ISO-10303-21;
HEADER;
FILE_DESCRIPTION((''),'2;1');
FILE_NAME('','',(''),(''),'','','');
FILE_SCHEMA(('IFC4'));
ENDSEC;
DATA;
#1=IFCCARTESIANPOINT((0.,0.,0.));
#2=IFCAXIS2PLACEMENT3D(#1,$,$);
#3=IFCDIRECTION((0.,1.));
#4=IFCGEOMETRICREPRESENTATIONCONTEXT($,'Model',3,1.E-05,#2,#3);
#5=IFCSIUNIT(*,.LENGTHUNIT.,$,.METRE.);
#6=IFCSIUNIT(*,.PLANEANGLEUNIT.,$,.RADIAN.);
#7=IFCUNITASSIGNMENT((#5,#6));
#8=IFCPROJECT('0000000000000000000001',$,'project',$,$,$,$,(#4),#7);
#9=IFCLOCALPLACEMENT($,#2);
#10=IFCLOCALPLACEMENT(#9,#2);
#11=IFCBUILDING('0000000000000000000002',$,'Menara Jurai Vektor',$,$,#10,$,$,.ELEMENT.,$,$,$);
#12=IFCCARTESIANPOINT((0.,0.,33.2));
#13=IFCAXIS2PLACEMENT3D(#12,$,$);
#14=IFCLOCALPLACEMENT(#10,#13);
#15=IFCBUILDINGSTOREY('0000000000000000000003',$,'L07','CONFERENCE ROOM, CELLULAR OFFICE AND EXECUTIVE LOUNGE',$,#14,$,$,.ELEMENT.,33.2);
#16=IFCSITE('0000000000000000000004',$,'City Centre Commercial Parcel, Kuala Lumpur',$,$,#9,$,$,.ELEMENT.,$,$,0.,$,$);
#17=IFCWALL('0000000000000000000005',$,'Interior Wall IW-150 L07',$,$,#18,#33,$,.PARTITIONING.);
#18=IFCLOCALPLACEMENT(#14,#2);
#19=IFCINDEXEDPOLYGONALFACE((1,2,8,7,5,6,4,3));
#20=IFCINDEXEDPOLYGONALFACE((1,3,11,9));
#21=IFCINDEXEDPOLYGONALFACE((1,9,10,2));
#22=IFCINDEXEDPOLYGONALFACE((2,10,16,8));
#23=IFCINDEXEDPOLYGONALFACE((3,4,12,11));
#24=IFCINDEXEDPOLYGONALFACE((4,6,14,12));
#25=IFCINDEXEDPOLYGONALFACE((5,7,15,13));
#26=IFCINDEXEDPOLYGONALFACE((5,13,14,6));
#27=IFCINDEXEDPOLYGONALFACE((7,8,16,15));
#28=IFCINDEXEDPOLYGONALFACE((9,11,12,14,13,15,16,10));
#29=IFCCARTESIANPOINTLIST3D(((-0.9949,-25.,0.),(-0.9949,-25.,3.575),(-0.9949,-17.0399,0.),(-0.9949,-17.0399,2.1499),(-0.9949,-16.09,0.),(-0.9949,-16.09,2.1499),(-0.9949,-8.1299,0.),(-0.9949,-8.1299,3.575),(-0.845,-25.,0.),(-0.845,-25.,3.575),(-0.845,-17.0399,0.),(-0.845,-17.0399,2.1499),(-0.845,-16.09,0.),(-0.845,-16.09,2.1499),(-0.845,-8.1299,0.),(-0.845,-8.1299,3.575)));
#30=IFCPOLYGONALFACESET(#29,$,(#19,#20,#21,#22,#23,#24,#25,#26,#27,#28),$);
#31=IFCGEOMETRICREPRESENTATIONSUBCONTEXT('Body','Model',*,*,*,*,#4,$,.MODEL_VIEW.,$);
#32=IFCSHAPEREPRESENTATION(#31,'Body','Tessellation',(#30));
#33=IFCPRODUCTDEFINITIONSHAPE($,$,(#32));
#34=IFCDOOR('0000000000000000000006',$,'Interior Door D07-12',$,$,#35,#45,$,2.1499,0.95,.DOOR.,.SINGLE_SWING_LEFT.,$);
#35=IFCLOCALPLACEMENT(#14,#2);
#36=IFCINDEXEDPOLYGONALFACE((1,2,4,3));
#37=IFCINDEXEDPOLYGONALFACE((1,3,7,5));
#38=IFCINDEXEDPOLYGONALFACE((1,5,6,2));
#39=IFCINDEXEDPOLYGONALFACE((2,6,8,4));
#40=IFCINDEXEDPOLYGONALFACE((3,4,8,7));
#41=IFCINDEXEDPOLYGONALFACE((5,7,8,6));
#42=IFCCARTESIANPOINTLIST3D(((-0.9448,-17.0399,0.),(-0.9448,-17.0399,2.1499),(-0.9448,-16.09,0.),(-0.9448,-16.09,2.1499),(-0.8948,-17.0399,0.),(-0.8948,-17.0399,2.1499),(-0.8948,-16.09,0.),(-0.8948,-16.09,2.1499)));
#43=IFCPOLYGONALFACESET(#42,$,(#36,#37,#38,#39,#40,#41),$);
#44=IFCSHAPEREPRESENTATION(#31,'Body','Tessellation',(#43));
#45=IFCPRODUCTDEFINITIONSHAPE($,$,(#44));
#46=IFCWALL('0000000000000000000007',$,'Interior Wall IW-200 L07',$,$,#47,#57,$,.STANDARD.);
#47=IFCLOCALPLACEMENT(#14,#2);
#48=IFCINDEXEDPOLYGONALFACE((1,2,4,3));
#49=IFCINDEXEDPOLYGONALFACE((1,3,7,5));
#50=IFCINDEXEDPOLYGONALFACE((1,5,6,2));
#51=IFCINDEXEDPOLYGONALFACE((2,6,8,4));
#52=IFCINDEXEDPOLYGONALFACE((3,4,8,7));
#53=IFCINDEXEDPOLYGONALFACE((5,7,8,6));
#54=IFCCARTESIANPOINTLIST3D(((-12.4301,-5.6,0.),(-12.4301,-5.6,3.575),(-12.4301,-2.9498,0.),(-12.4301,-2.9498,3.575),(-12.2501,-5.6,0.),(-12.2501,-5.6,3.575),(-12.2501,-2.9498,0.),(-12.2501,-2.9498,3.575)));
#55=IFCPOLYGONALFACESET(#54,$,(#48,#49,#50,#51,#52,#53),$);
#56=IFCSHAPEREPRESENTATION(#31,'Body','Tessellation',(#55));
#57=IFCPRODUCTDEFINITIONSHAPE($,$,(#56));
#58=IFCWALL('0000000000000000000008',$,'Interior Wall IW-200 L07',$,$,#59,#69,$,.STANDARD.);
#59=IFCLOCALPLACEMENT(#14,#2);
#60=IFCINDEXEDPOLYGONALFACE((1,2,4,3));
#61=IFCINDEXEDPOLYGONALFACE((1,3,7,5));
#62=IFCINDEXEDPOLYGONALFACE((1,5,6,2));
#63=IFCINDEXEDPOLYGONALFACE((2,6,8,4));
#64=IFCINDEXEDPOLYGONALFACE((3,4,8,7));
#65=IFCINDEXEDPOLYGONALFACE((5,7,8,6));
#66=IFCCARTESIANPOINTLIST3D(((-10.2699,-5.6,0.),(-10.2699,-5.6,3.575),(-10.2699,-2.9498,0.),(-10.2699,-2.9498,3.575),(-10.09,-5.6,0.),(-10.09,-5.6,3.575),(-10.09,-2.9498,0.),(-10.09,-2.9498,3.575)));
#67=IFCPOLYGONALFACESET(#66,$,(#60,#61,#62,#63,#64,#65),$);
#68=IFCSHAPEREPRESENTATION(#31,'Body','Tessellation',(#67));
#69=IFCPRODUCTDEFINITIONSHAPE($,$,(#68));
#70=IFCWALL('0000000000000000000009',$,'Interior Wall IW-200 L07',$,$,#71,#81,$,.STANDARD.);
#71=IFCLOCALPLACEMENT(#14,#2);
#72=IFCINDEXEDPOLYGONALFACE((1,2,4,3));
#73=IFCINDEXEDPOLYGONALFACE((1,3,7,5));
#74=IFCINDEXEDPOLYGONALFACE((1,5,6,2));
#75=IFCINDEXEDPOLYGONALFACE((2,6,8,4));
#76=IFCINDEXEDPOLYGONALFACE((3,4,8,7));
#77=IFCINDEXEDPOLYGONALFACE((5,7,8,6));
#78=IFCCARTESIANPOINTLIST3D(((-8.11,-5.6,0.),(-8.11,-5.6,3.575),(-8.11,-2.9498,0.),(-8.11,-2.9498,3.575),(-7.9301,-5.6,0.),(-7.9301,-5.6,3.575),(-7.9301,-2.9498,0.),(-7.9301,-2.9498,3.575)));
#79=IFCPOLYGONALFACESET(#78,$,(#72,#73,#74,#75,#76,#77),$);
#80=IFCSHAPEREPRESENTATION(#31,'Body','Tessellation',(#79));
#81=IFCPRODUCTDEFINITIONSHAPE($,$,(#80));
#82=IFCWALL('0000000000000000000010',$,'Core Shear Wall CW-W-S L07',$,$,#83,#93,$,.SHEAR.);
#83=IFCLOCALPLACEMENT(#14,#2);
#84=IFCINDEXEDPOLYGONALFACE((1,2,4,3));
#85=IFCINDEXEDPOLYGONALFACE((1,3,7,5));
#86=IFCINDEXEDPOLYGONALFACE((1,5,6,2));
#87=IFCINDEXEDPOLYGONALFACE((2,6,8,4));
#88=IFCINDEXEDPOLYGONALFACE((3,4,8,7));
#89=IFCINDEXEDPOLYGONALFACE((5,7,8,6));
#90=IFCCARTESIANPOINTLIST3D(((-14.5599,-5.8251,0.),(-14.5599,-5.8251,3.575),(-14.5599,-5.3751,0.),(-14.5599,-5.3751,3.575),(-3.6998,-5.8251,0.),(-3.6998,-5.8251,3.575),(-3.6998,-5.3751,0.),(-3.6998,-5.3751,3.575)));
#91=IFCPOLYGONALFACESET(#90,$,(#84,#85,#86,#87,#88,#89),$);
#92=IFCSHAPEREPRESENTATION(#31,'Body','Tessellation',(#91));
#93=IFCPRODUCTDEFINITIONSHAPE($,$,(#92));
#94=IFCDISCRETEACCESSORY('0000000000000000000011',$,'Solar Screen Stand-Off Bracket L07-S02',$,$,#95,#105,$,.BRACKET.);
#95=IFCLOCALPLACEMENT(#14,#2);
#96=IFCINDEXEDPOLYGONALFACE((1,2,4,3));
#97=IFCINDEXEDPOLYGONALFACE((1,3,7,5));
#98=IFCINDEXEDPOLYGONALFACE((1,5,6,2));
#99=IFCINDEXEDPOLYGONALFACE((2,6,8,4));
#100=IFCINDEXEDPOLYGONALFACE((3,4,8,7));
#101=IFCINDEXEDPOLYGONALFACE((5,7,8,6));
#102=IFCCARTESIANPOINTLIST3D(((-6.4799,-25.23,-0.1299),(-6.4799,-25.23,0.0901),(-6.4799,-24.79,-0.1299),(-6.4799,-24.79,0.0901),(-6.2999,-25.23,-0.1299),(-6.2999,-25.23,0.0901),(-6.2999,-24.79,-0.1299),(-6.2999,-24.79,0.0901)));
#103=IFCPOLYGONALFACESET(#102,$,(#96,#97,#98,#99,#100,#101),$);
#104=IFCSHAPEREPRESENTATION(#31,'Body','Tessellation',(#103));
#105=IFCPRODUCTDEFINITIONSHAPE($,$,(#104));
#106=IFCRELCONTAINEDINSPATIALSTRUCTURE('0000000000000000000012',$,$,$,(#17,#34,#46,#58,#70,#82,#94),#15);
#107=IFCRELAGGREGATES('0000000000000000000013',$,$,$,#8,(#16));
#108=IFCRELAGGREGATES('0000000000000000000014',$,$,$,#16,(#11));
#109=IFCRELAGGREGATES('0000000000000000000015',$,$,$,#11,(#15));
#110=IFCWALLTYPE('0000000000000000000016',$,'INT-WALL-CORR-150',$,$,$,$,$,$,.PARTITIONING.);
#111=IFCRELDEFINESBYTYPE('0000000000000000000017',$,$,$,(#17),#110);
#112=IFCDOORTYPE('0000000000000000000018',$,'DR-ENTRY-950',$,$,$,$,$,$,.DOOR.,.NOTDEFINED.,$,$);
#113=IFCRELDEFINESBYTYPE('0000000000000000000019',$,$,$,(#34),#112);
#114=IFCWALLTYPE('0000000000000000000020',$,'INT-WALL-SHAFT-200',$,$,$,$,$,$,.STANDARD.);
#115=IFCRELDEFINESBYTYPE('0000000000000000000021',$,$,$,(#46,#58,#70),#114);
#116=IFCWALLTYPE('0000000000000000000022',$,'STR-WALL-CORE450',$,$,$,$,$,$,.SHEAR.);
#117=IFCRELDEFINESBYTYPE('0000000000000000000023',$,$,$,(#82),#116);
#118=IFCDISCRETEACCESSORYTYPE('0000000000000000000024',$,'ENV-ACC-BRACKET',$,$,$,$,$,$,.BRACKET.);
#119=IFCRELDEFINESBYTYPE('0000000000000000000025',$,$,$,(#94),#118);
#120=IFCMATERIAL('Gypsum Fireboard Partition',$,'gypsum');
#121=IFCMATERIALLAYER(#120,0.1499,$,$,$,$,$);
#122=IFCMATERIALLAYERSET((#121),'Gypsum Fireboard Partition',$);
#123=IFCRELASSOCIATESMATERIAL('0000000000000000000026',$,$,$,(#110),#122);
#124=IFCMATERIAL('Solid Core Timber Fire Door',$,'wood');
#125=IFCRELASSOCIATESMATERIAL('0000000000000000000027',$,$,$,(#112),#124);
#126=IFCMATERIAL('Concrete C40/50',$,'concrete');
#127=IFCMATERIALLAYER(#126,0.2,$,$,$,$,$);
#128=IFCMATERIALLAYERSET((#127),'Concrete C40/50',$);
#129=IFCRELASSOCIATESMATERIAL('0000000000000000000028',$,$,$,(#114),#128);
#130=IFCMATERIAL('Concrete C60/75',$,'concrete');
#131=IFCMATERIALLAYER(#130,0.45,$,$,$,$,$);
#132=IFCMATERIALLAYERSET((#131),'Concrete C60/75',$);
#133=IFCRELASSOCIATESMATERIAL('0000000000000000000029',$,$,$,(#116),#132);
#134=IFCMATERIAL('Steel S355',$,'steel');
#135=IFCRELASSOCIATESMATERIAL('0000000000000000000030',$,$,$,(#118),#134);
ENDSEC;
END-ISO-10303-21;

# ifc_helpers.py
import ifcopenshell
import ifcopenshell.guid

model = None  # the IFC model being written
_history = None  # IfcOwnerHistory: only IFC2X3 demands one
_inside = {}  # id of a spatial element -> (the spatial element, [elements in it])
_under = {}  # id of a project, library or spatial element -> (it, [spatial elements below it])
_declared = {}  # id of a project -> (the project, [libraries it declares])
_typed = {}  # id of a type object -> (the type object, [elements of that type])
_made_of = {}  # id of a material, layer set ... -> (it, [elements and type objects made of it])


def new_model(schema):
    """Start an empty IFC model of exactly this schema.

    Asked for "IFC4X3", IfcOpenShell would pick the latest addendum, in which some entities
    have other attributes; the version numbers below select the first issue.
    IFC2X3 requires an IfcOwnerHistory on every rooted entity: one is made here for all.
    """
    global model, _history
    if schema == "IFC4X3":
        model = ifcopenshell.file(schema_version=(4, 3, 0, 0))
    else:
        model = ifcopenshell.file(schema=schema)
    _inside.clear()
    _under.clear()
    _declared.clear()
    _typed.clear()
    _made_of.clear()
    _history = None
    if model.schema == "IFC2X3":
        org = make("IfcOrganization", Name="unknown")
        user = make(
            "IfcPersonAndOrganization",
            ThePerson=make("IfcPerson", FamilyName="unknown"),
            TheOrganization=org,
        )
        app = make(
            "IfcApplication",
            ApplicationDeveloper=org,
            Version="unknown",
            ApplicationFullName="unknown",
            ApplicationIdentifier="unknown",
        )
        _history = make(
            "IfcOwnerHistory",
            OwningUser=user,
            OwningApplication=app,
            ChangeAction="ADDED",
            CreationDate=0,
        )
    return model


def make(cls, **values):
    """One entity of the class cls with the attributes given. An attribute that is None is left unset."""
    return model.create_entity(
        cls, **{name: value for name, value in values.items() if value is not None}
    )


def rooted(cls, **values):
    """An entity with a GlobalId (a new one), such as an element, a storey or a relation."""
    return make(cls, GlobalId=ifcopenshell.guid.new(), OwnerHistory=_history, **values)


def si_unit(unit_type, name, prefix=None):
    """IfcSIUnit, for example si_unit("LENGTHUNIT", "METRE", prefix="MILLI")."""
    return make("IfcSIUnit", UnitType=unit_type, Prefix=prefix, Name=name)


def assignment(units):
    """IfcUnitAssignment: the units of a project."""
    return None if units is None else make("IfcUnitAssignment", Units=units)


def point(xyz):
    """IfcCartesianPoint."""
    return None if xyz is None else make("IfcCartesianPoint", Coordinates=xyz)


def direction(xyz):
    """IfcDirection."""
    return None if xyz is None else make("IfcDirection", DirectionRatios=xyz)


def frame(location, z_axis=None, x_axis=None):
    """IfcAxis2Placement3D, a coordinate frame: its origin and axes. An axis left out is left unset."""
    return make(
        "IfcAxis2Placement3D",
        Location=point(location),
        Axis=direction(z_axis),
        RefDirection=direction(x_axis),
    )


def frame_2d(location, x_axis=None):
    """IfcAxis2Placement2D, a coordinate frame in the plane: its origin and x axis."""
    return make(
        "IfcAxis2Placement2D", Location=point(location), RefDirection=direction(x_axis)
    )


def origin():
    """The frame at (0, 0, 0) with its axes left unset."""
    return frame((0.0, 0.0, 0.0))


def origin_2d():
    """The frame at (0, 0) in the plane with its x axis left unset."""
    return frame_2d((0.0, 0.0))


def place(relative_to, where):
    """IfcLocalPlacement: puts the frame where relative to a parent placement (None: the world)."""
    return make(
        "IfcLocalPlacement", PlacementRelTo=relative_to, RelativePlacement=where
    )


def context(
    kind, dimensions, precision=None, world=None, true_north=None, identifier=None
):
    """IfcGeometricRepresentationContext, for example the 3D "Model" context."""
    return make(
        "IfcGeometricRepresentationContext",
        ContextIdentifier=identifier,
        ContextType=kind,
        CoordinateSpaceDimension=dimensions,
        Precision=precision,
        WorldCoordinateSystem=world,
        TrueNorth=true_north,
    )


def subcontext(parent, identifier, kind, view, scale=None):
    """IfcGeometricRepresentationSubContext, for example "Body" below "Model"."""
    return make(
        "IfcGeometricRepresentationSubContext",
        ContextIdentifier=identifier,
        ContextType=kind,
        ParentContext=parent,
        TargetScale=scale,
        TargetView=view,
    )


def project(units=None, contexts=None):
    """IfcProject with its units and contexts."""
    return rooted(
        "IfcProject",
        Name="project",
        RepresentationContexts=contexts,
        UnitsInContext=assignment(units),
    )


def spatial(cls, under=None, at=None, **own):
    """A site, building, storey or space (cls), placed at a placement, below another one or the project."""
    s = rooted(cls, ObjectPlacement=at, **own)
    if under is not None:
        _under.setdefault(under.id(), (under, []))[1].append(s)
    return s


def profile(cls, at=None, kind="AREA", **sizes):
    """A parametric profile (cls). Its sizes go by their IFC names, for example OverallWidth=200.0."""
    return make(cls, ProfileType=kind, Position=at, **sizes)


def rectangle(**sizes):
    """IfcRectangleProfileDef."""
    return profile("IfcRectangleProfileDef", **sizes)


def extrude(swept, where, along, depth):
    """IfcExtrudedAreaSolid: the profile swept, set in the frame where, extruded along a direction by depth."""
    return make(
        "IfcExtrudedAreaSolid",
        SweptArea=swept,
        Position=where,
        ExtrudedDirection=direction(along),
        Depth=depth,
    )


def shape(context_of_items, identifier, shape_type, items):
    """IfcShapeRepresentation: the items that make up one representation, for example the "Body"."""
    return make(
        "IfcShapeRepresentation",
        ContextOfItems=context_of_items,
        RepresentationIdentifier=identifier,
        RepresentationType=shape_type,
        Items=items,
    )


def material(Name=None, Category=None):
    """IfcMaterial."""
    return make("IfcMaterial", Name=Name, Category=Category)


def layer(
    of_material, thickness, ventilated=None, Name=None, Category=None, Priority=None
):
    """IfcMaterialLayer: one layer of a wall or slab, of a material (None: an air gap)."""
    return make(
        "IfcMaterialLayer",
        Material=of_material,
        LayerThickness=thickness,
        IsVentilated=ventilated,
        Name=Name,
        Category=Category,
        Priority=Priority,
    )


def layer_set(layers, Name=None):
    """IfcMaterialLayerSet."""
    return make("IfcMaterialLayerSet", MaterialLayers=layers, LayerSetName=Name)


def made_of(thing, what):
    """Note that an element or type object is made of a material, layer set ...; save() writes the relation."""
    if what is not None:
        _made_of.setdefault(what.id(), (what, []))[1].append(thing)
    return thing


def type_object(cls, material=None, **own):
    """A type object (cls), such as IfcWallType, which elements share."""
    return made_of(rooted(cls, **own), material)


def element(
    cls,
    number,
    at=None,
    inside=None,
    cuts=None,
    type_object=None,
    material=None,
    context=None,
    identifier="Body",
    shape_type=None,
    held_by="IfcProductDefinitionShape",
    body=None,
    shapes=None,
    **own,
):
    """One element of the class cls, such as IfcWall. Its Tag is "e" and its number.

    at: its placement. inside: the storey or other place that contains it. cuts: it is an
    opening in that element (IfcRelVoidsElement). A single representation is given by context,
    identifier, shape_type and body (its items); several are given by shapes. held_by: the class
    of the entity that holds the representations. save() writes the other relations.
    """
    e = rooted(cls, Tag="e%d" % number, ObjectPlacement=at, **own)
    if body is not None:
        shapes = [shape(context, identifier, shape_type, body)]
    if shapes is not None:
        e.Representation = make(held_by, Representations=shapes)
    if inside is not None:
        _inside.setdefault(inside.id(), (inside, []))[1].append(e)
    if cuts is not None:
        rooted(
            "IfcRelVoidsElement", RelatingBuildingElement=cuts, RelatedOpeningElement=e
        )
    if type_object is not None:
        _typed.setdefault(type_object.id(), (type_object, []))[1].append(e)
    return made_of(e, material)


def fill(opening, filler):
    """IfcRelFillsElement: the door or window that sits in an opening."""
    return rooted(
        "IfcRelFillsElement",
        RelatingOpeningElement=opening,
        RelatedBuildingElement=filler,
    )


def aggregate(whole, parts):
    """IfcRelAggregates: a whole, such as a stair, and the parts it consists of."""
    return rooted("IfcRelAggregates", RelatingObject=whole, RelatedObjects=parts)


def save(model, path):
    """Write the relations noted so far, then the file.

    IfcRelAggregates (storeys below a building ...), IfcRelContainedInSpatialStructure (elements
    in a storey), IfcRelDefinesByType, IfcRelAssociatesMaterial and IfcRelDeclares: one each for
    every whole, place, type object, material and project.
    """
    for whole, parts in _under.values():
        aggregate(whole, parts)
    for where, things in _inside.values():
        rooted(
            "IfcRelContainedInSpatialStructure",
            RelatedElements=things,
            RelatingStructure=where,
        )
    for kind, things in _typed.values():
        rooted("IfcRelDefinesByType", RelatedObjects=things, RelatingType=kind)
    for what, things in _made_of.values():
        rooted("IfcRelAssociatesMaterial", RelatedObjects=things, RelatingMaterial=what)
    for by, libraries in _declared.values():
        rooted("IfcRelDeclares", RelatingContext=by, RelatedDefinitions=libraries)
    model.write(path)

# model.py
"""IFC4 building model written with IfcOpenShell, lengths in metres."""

from ifc_helpers import new_model, si_unit, direction, frame, frame_2d, origin, origin_2d, place, context, subcontext, project, spatial, rectangle, extrude, material, layer, layer_set, type_object, element, fill, save


model = new_model("IFC4")

# Units and contexts
model_context = context("Model", 3, precision=1e-05, world=origin(), true_north=direction((0.0, 1.0)))
body_context = subcontext(model_context, "Body", "Model", "MODEL_VIEW")
ifc_project = project(units=[si_unit("LENGTHUNIT", "METRE"), si_unit("PLANEANGLEUNIT", "RADIAN")], contexts=[model_context])

# Site, building, storey
site_placement = place(None, origin())
site = spatial("IfcSite", under=ifc_project, at=site_placement, Name="City Centre Commercial Parcel, Kuala Lumpur", CompositionType="ELEMENT", RefElevation=0.0)
building_placement = place(site_placement, origin())
building = spatial("IfcBuilding", under=site, at=building_placement, Name="Menara Jurai Vektor", CompositionType="ELEMENT")
storey_placement = place(building_placement, frame((0.0, 0.0, 33.2)))
storey = spatial("IfcBuildingStorey", under=building, at=storey_placement, Name="L07", Description="CONFERENCE ROOM, CELLULAR OFFICE AND EXECUTIVE LOUNGE", CompositionType="ELEMENT", Elevation=33.2)

# Shared definitions
ifc_material_1 = material(Name="Concrete C60/75", Category="concrete")

# Shared definitions
ifc_material_2 = material(Name="Steel S355", Category="steel")

# Shared definitions
ifc_material_3 = material(Name="Gypsum Fireboard Partition", Category="gypsum")
ifc_layer_1 = layer(ifc_material_3, 0.1499)
ifc_layer_set_1 = layer_set([ifc_layer_1], Name="Gypsum Fireboard Partition")
wall_type_1 = type_object("IfcWallType", Name="INT-WALL-CORR-150", PredefinedType="PARTITIONING", material=ifc_layer_set_1)

# Wall, opening, door
wall_1_placement = place(storey_placement, frame((-0.9199, -25.0, 0.0), z_axis=(0.0, 0.0, 1.0), x_axis=(0.0, 1.0, 0.0)))
wall_1 = element("IfcWall", 1, at=wall_1_placement, inside=storey, type_object=wall_type_1, Name="Interior Wall IW-150 L07", PredefinedType="PARTITIONING", context=body_context, shape_type="SweptSolid", body=[
    extrude(rectangle(XDim=16.8701, YDim=0.1499, at=frame_2d((8.4351, 0.0))), origin(), (0.0, 0.0, 1.0), 3.575),
])
opening_1_placement = place(wall_1_placement, frame((7.96, 0.0, 0.0)))
opening_1 = element("IfcOpeningElement", 2, at=opening_1_placement, cuts=wall_1, PredefinedType="OPENING", context=body_context, shape_type="SweptSolid", body=[
    extrude(rectangle(XDim=0.95, YDim=2.1499, at=frame_2d((0.4751, 1.075))), frame((0.0, 0.085, 0.0), z_axis=(0.0, -1.0, 0.0), x_axis=(1.0, 0.0, 0.0)), (0.0, 0.0, 1.0), 0.1699),
])
ifc_material_4 = material(Name="Solid Core Timber Fire Door", Category="wood")
door_type = type_object("IfcDoorType", Name="DR-ENTRY-950", OperationType="NOTDEFINED", PredefinedType="DOOR", material=ifc_material_4)
door_1_placement = place(opening_1_placement, origin())
door_1 = element("IfcDoor", 3, at=door_1_placement, inside=storey, type_object=door_type, Name="Interior Door D07-12", OperationType="SINGLE_SWING_LEFT", OverallHeight=2.1499, OverallWidth=0.95, PredefinedType="DOOR", context=body_context, shape_type="SweptSolid", body=[
    extrude(rectangle(XDim=0.95, YDim=2.1499, at=frame_2d((0.4751, 1.075))), frame((0.0, 0.0249, 0.0), z_axis=(0.0, -1.0, 0.0), x_axis=(1.0, 0.0, 0.0)), (0.0, 0.0, 1.0), 0.05),
])
fill(opening_1, door_1)

# Walls
ifc_material_5 = material(Name="Concrete C40/50", Category="concrete")
ifc_layer_2 = layer(ifc_material_5, 0.2)
ifc_layer_set_2 = layer_set([ifc_layer_2], Name="Concrete C40/50")
wall_type_2 = type_object("IfcWallType", Name="INT-WALL-SHAFT-200", PredefinedType="STANDARD", material=ifc_layer_set_2)
for number, where, z_axis, x_axis, name in (
    (4, (-12.3401, -5.6001, 0.0), (0.0, 0.0, 1.0), (0.0, 1.0, 0.0), "Interior Wall IW-200 L07"),
    (5, (-10.1799, -5.6001, 0.0), (0.0, 0.0, 1.0), (0.0, 1.0, 0.0), "Interior Wall IW-200 L07"),
    (6, (-8.02, -5.6001, 0.0), (0.0, 0.0, 1.0), (0.0, 1.0, 0.0), "Interior Wall IW-200 L07"),
):
    element("IfcWall", number, at=place(storey_placement, frame(where, z_axis=z_axis, x_axis=x_axis)), inside=storey, type_object=wall_type_2, Name=name, PredefinedType="STANDARD", context=body_context, shape_type="SweptSolid", body=[
        extrude(rectangle(XDim=2.6501, YDim=0.1799, at=frame_2d((1.3252, 0.0))), origin(), (0.0, 0.0, 1.0), 3.575),
    ])
ifc_layer_3 = layer(ifc_material_1, 0.45)
ifc_layer_set_3 = layer_set([ifc_layer_3], Name="Concrete C60/75")
wall_type_3 = type_object("IfcWallType", Name="STR-WALL-CORE450", PredefinedType="SHEAR", material=ifc_layer_set_3)
wall_2_placement = place(storey_placement, frame((-14.5601, -5.6001, 0.0), z_axis=(0.0, 0.0, 1.0), x_axis=(1.0, 0.0, 0.0)))
element("IfcWall", 7, at=wall_2_placement, inside=storey, type_object=wall_type_3, Name="Core Shear Wall CW-W-S L07", PredefinedType="SHEAR", context=body_context, shape_type="SweptSolid", body=[
    extrude(rectangle(XDim=10.8601, YDim=0.45, at=frame_2d((5.4302, 0.0))), origin(), (0.0, 0.0, 1.0), 3.575),
])

# Discrete accessory
discrete_accessory_type = type_object("IfcDiscreteAccessoryType", Name="ENV-ACC-BRACKET", PredefinedType="BRACKET", material=ifc_material_2)
discrete_accessory_placement = place(storey_placement, frame((-6.3899, -25.01, -0.1299), z_axis=(0.0, 0.0, 1.0), x_axis=(1.0, 0.0, 0.0)))
element("IfcDiscreteAccessory", 8, at=discrete_accessory_placement, inside=storey, type_object=discrete_accessory_type, Name="Solar Screen Stand-Off Bracket L07-S02", PredefinedType="BRACKET", context=body_context, shape_type="SweptSolid", body=[
    extrude(rectangle(XDim=0.1799, YDim=0.4399, at=origin_2d()), origin(), (0.0, 0.0, 1.0), 0.22),
])

save(model, "model.ifc")
